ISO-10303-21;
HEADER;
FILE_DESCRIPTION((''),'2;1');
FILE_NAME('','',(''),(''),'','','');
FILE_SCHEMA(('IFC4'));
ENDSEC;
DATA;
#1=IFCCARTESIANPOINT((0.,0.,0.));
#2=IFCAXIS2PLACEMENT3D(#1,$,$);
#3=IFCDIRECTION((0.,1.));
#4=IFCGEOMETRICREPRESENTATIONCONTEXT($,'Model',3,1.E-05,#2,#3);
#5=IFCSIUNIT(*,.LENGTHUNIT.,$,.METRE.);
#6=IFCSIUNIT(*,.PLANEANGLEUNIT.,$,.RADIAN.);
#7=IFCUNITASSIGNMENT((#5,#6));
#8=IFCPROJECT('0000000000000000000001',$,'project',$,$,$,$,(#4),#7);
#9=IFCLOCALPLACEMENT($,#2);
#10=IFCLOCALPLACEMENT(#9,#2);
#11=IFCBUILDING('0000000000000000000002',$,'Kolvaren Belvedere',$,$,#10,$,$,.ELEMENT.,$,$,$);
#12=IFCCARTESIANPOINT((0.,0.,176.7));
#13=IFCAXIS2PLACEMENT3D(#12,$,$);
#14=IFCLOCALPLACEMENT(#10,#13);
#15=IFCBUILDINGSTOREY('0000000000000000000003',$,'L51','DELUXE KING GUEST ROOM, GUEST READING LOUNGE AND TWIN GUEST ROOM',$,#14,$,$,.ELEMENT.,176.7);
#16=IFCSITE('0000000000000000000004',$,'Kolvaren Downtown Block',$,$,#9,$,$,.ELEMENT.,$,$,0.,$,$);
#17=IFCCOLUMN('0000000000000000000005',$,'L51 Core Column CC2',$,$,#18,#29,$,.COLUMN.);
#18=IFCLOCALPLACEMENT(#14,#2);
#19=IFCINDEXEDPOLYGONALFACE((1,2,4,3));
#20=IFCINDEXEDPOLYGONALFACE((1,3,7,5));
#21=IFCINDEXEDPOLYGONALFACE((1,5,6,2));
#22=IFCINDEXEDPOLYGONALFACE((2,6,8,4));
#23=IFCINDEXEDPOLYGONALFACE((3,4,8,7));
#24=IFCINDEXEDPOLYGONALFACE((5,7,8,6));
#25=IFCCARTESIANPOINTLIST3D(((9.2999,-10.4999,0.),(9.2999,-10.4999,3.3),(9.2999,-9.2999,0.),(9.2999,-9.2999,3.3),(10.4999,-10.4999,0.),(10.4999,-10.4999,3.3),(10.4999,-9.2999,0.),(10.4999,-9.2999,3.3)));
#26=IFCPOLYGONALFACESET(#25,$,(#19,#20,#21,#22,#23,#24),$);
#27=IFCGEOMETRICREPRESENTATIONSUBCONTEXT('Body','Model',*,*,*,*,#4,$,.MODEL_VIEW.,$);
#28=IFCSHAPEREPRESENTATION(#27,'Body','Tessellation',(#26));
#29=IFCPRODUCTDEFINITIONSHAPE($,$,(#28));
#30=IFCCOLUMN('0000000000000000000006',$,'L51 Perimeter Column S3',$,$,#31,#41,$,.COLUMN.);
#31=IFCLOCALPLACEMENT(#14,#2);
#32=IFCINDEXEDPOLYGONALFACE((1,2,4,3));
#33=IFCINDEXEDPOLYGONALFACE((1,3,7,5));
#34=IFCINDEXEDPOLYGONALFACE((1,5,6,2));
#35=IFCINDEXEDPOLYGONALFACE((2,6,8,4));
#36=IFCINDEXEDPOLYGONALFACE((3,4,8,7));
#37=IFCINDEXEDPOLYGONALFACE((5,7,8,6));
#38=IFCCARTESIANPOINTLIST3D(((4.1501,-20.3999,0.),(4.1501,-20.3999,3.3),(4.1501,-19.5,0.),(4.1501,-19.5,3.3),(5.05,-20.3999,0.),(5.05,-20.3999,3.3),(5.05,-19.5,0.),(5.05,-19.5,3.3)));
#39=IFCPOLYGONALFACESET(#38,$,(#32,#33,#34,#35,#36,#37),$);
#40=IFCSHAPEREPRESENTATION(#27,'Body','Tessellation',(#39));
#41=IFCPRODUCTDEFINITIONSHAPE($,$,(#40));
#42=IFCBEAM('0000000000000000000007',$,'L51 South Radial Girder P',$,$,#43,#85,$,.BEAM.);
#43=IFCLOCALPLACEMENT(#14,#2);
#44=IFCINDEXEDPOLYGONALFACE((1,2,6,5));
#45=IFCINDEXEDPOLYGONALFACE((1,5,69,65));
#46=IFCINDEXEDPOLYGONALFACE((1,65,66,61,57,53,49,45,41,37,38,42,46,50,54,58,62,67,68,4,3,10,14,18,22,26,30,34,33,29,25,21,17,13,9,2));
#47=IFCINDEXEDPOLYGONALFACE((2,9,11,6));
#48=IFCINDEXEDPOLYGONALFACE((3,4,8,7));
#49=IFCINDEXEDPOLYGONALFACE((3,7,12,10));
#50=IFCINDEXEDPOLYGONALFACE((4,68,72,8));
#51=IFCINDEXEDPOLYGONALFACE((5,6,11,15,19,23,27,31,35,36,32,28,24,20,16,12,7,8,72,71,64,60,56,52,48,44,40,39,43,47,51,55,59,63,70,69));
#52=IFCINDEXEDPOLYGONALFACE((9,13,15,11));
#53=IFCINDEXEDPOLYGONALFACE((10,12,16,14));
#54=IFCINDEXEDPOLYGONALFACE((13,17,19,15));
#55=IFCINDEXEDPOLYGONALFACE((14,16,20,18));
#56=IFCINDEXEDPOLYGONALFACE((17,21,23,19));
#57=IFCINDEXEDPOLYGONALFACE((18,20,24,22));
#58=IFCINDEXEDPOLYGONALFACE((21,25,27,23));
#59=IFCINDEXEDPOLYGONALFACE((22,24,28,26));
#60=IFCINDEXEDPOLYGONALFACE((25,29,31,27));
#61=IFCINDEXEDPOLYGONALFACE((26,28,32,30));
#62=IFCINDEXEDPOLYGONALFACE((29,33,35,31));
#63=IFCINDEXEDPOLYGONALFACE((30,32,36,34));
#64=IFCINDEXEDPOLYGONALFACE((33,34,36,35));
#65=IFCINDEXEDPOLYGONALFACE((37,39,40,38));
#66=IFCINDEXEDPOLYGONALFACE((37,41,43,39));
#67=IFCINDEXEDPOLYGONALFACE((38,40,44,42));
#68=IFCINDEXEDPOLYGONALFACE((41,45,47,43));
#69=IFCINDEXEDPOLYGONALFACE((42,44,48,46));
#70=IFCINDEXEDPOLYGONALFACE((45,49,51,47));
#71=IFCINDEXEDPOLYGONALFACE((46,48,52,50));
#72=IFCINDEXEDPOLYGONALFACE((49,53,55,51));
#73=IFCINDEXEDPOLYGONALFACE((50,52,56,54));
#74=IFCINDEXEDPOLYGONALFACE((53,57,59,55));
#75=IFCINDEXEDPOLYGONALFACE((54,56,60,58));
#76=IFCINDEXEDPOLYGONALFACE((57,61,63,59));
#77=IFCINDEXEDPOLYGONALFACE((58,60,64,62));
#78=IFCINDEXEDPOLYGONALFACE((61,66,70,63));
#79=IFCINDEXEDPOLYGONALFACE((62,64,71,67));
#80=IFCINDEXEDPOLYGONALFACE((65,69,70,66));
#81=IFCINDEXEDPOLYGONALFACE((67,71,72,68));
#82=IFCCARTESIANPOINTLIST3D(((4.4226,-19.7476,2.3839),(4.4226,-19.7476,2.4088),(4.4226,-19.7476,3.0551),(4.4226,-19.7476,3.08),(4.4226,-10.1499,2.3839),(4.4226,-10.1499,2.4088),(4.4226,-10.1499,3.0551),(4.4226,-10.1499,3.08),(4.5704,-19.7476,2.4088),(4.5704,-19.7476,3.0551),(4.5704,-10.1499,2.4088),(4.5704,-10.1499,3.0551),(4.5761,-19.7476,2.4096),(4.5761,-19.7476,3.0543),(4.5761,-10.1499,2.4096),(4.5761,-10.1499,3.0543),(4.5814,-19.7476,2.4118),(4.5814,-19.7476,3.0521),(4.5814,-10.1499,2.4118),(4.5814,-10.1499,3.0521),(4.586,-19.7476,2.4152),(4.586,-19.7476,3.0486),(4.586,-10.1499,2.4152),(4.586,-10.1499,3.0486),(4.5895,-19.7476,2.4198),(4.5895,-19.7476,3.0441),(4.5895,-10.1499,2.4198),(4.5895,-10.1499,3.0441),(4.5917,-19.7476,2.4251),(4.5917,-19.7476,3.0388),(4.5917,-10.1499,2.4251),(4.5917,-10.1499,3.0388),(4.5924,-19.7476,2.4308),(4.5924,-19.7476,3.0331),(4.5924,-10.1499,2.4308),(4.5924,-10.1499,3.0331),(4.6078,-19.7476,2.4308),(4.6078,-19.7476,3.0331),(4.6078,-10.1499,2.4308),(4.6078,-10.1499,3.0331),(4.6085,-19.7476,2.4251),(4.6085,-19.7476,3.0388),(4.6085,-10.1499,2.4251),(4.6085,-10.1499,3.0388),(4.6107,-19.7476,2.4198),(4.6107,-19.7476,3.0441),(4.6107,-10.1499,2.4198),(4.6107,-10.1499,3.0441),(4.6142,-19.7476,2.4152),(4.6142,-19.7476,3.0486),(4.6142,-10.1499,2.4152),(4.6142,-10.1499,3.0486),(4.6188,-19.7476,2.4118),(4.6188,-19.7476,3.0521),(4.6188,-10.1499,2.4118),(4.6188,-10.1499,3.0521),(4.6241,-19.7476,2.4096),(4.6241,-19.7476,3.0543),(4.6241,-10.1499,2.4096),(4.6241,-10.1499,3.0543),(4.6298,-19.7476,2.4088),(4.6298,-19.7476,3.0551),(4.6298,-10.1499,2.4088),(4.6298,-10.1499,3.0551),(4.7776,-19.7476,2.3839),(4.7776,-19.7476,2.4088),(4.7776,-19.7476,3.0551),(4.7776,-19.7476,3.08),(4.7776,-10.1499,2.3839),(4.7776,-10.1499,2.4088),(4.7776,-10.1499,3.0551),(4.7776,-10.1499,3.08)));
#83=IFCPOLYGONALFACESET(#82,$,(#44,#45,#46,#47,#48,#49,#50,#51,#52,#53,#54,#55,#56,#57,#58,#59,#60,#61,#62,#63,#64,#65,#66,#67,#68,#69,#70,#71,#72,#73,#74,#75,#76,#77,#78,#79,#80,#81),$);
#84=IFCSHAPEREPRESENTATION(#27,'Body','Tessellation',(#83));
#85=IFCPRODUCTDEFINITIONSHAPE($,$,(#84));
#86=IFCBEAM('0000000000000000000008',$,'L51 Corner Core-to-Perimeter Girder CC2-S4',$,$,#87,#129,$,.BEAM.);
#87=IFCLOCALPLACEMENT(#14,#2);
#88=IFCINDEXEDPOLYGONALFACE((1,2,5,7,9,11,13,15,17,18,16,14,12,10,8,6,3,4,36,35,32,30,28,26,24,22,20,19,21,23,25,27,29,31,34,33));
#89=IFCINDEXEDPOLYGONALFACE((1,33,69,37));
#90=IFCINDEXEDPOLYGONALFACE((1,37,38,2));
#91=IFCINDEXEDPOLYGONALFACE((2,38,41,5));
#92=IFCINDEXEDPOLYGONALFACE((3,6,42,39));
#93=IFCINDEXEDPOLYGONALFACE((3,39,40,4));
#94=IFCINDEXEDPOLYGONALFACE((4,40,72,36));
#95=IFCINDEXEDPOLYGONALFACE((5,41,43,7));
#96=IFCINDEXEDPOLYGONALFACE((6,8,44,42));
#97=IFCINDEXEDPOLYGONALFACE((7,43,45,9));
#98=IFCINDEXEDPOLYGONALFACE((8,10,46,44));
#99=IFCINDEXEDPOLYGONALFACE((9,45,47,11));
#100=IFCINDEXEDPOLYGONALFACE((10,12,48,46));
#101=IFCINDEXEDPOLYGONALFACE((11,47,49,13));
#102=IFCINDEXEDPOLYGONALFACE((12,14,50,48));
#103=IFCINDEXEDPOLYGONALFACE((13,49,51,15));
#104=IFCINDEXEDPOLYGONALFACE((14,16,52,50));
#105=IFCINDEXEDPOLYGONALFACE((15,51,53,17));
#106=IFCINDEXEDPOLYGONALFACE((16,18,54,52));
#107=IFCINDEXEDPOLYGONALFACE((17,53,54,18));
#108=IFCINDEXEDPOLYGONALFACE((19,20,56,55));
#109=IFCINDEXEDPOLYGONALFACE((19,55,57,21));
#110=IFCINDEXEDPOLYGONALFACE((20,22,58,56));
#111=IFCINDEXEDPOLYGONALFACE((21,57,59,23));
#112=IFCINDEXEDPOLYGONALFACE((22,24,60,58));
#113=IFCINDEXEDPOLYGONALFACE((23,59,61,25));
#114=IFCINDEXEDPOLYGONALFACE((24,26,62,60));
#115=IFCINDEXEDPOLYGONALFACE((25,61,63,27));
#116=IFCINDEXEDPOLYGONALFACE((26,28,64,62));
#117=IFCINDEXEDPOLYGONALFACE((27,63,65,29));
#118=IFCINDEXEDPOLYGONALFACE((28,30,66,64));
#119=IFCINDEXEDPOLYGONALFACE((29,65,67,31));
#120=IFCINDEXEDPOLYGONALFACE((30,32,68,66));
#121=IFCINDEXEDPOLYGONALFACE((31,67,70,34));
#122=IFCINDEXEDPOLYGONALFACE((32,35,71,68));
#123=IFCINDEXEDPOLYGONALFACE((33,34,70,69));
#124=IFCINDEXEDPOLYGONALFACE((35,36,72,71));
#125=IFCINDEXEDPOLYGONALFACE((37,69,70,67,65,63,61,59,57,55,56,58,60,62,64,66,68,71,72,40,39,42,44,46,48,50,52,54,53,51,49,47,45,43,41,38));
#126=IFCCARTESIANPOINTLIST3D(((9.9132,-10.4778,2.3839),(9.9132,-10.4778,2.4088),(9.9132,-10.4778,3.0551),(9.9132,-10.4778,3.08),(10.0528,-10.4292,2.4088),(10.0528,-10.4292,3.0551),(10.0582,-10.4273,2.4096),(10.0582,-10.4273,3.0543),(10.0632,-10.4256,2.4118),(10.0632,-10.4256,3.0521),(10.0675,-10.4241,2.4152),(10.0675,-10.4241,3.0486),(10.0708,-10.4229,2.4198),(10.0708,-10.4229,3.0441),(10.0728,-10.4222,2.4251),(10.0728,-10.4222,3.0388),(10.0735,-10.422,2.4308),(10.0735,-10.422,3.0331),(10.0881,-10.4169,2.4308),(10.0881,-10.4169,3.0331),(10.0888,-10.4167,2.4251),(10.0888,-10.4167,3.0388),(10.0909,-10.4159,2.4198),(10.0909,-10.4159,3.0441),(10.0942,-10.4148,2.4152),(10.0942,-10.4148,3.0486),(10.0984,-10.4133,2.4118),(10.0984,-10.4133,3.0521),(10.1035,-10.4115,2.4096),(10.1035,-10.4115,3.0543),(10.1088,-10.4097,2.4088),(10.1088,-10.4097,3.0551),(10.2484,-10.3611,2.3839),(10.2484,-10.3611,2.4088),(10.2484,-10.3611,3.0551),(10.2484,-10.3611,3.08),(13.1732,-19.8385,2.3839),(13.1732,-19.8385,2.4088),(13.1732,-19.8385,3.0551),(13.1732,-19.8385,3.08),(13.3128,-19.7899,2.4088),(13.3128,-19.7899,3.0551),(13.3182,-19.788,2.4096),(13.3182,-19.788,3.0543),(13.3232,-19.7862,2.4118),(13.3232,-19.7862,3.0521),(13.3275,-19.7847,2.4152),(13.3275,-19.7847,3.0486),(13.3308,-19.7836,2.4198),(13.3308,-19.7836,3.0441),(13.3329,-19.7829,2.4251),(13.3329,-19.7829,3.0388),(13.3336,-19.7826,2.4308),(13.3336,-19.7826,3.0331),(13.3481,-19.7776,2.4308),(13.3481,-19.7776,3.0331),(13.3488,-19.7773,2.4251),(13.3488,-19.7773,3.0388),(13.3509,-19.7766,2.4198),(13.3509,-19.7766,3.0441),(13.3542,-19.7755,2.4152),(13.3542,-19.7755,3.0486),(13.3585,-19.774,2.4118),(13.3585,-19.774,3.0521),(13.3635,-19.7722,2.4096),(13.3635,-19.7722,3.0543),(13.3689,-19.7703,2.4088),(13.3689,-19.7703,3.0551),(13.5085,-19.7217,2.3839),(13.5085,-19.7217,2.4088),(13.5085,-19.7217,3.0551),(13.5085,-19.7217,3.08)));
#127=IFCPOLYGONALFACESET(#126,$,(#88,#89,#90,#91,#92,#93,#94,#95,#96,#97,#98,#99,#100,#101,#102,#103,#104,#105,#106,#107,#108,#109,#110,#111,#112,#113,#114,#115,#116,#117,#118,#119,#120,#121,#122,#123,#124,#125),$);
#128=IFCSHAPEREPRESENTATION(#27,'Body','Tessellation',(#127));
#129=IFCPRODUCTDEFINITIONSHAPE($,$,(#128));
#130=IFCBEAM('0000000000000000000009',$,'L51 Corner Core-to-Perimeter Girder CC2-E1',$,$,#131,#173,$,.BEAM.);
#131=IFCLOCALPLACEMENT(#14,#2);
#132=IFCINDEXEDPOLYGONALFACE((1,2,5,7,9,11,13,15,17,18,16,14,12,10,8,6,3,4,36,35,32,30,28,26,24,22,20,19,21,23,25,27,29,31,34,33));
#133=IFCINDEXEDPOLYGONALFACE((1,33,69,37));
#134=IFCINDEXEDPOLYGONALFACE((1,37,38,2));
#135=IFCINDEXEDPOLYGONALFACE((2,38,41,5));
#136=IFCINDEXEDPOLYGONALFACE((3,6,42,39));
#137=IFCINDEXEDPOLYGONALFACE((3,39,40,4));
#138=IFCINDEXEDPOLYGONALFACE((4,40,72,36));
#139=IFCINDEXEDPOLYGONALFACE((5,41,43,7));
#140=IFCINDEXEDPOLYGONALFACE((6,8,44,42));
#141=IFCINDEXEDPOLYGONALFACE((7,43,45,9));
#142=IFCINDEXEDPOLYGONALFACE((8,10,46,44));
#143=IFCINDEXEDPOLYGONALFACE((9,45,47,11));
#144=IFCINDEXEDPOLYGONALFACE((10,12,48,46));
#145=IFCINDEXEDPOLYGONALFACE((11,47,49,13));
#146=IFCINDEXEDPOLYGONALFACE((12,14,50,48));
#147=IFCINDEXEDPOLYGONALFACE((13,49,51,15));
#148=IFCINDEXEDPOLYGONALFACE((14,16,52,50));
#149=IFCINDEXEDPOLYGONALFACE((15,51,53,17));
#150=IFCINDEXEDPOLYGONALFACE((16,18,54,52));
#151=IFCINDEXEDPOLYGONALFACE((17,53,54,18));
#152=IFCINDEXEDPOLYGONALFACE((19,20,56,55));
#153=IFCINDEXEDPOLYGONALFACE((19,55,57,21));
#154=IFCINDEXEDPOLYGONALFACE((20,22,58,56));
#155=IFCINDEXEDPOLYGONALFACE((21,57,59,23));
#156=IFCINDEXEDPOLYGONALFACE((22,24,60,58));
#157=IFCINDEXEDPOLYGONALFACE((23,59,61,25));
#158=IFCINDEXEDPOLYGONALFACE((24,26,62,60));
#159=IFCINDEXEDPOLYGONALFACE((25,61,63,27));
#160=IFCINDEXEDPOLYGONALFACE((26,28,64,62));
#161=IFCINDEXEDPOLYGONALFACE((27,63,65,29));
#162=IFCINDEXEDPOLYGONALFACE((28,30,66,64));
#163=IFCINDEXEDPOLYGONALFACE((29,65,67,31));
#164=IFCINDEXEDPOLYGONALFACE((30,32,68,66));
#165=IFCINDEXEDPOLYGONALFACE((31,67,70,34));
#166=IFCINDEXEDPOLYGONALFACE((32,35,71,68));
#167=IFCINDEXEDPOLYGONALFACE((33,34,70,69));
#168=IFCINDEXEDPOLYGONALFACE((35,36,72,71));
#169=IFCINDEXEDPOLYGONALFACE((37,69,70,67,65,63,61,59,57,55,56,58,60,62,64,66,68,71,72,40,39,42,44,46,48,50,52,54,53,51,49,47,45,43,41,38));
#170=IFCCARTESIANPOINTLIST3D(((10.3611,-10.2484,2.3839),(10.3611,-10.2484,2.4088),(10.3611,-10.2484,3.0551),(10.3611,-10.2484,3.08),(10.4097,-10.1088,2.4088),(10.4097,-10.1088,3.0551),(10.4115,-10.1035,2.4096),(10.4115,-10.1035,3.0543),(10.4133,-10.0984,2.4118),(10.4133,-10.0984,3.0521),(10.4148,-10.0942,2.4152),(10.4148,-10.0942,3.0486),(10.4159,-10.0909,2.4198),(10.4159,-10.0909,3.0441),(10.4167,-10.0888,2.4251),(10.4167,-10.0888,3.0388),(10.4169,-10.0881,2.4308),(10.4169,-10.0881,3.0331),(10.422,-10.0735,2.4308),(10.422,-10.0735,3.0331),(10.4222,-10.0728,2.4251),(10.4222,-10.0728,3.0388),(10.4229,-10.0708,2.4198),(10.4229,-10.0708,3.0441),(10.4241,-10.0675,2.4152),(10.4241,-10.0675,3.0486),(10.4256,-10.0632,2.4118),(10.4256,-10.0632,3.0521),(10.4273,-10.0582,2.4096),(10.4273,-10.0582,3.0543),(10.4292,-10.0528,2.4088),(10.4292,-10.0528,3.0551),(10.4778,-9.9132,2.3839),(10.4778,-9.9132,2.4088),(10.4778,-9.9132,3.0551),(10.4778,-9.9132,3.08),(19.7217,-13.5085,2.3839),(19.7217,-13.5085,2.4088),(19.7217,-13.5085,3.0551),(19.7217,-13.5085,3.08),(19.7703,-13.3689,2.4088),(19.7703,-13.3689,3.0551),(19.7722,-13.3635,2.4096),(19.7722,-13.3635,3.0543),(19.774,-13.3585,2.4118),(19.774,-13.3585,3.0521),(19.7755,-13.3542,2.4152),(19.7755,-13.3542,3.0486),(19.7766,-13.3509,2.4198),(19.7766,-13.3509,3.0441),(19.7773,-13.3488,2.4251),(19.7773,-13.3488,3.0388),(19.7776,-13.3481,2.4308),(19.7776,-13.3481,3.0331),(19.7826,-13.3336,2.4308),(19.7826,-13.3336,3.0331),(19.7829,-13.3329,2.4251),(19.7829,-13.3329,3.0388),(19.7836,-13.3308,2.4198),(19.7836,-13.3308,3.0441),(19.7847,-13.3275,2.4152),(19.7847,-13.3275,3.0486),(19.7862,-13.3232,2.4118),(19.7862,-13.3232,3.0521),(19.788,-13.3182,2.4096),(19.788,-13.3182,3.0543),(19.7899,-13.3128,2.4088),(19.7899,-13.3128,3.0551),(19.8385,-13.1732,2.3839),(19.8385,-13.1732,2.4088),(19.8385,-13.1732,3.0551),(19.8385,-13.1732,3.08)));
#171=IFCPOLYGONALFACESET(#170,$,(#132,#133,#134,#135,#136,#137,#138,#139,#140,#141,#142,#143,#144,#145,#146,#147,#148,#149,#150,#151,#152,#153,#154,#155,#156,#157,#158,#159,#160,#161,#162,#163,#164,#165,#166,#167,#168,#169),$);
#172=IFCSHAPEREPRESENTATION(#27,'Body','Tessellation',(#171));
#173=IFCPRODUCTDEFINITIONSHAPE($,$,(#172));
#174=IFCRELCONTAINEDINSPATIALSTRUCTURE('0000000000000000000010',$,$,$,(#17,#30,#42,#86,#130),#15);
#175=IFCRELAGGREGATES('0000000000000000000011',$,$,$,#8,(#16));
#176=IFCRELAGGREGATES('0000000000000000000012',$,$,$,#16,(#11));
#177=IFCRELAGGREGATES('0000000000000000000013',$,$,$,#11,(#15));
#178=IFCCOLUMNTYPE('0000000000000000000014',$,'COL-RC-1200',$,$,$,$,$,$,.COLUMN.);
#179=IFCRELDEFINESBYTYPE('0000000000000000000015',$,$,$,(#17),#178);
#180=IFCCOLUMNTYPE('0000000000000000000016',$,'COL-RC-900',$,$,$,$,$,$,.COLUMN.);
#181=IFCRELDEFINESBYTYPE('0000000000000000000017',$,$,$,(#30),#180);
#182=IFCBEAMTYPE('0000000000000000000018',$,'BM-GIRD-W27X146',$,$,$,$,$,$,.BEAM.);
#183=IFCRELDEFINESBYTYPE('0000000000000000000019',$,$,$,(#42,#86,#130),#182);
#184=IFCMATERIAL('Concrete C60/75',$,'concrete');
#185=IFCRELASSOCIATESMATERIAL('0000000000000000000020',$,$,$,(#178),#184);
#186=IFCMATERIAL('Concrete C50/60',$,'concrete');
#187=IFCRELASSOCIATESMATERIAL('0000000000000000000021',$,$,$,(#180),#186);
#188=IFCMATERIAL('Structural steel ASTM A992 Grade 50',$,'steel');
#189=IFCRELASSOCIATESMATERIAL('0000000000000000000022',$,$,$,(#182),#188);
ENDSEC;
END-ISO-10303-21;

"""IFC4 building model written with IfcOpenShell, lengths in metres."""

from ifc_helpers import new_model, si_unit, direction, frame, origin, origin_2d, place, context, subcontext, project, spatial, rectangle, i_section, extrude, material, material_profile, profile_set, type_object, element, save


model = new_model("IFC4")

# Units and contexts
model_context = context("Model", 3, precision=1e-05, world=origin(), true_north=direction((0.0, 1.0)))
body_context = subcontext(model_context, "Body", "Model", "MODEL_VIEW")
ifc_project = project(units=[si_unit("LENGTHUNIT", "METRE"), si_unit("PLANEANGLEUNIT", "RADIAN")], contexts=[model_context])

# Site, building, storey
site_placement = place(None, origin())
site = spatial("IfcSite", under=ifc_project, at=site_placement, Name="Kolvaren Downtown Block", CompositionType="ELEMENT", RefElevation=0.0)
building_placement = place(site_placement, origin())
building = spatial("IfcBuilding", under=site, at=building_placement, Name="Kolvaren Belvedere", CompositionType="ELEMENT")
storey_placement = place(building_placement, frame((0.0, 0.0, 176.7)))
storey = spatial("IfcBuildingStorey", under=building, at=storey_placement, Name="L51", Description="DELUXE KING GUEST ROOM, GUEST READING LOUNGE AND TWIN GUEST ROOM", CompositionType="ELEMENT", Elevation=176.7)

# Columns
ifc_material_1 = material(Name="Concrete C60/75", Category="concrete")
ifc_material_profile_1 = material_profile(ifc_material_1, rectangle(XDim=1.2, YDim=1.2, at=origin_2d()), Name="RC 1200X1200")
ifc_profile_set_1 = profile_set([ifc_material_profile_1], Name="Concrete C60/75")
column_type_1 = type_object("IfcColumnType", Name="COL-RC-1200", PredefinedType="COLUMN", material=ifc_profile_set_1)
column_1_placement = place(storey_placement, frame((9.8999, -9.8999, 0.0), z_axis=(0.0, 0.0, 1.0), x_axis=(1.0, 0.0, 0.0)))
element("IfcColumn", 1, at=column_1_placement, inside=storey, type_object=column_type_1, Name="L51 Core Column CC2", PredefinedType="COLUMN", context=body_context, shape_type="SweptSolid", body=[
    extrude(rectangle(XDim=1.2, YDim=1.2, at=origin_2d()), origin(), (0.0, 0.0, 1.0), 3.3),
])
ifc_material_2 = material(Name="Concrete C50/60", Category="concrete")
ifc_material_profile_2 = material_profile(ifc_material_2, rectangle(XDim=0.8999, YDim=0.8999, at=origin_2d()), Name="RC 900X900")
ifc_profile_set_2 = profile_set([ifc_material_profile_2], Name="Concrete C50/60")
column_type_2 = type_object("IfcColumnType", Name="COL-RC-900", PredefinedType="COLUMN", material=ifc_profile_set_2)
column_2_placement = place(storey_placement, frame((4.6001, -19.95, 0.0), z_axis=(0.0, 0.0, 1.0), x_axis=(1.0, 0.0, 0.0)))
element("IfcColumn", 2, at=column_2_placement, inside=storey, type_object=column_type_2, Name="L51 Perimeter Column S3", PredefinedType="COLUMN", context=body_context, shape_type="SweptSolid", body=[
    extrude(rectangle(XDim=0.8999, YDim=0.8999, at=origin_2d()), origin(), (0.0, 0.0, 1.0), 3.3),
])

# Beams
ifc_material_3 = material(Name="Structural steel ASTM A992 Grade 50", Category="steel")
ifc_material_profile_3 = material_profile(ifc_material_3, i_section(OverallWidth=0.355, OverallDepth=0.696, WebThickness=0.0154, FlangeThickness=0.0249, FilletRadius=0.022, at=origin_2d()), Name="W27X146")
ifc_profile_set_3 = profile_set([ifc_material_profile_3], Name="Structural steel ASTM A992 Grade 50")
beam_type_1 = type_object("IfcBeamType", Name="BM-GIRD-W27X146", PredefinedType="BEAM", material=ifc_profile_set_3)
beam_1_placement = place(storey_placement, frame((4.6001, -10.1499, 2.7319), z_axis=(0.0, -1.0, 0.0), x_axis=(1.0, 0.0, 0.0)))
element("IfcBeam", 3, at=beam_1_placement, inside=storey, type_object=beam_type_1, Name="L51 South Radial Girder P", PredefinedType="BEAM", context=body_context, shape_type="SweptSolid", body=[
    extrude(i_section(OverallWidth=0.355, OverallDepth=0.696, WebThickness=0.0154, FlangeThickness=0.0249, FilletRadius=0.022, at=origin_2d()), origin(), (0.0, 0.0, 1.0), 9.5977),
])
for number, where, z_axis, x_axis, name in (
    (4, (10.0808, -10.4194, 2.7319), (0.328894, -0.944367, 0.0), (0.944367, 0.328894, 0.0), "L51 Corner Core-to-Perimeter Girder CC2-S4"),
    (5, (10.4194, -10.0808, 2.7319), (0.944367, -0.328894, 0.0), (0.328894, 0.944367, 0.0), "L51 Corner Core-to-Perimeter Girder CC2-E1"),
):
    element("IfcBeam", number, at=place(storey_placement, frame(where, z_axis=z_axis, x_axis=x_axis)), inside=storey, type_object=beam_type_1, Name=name, PredefinedType="BEAM", context=body_context, shape_type="SweptSolid", body=[
        extrude(i_section(OverallWidth=0.355, OverallDepth=0.696, WebThickness=0.0154, FlangeThickness=0.0249, FilletRadius=0.022, at=origin_2d()), origin(), (0.0, 0.0, 1.0), 9.9121),
    ])

save(model, "model.ifc")
